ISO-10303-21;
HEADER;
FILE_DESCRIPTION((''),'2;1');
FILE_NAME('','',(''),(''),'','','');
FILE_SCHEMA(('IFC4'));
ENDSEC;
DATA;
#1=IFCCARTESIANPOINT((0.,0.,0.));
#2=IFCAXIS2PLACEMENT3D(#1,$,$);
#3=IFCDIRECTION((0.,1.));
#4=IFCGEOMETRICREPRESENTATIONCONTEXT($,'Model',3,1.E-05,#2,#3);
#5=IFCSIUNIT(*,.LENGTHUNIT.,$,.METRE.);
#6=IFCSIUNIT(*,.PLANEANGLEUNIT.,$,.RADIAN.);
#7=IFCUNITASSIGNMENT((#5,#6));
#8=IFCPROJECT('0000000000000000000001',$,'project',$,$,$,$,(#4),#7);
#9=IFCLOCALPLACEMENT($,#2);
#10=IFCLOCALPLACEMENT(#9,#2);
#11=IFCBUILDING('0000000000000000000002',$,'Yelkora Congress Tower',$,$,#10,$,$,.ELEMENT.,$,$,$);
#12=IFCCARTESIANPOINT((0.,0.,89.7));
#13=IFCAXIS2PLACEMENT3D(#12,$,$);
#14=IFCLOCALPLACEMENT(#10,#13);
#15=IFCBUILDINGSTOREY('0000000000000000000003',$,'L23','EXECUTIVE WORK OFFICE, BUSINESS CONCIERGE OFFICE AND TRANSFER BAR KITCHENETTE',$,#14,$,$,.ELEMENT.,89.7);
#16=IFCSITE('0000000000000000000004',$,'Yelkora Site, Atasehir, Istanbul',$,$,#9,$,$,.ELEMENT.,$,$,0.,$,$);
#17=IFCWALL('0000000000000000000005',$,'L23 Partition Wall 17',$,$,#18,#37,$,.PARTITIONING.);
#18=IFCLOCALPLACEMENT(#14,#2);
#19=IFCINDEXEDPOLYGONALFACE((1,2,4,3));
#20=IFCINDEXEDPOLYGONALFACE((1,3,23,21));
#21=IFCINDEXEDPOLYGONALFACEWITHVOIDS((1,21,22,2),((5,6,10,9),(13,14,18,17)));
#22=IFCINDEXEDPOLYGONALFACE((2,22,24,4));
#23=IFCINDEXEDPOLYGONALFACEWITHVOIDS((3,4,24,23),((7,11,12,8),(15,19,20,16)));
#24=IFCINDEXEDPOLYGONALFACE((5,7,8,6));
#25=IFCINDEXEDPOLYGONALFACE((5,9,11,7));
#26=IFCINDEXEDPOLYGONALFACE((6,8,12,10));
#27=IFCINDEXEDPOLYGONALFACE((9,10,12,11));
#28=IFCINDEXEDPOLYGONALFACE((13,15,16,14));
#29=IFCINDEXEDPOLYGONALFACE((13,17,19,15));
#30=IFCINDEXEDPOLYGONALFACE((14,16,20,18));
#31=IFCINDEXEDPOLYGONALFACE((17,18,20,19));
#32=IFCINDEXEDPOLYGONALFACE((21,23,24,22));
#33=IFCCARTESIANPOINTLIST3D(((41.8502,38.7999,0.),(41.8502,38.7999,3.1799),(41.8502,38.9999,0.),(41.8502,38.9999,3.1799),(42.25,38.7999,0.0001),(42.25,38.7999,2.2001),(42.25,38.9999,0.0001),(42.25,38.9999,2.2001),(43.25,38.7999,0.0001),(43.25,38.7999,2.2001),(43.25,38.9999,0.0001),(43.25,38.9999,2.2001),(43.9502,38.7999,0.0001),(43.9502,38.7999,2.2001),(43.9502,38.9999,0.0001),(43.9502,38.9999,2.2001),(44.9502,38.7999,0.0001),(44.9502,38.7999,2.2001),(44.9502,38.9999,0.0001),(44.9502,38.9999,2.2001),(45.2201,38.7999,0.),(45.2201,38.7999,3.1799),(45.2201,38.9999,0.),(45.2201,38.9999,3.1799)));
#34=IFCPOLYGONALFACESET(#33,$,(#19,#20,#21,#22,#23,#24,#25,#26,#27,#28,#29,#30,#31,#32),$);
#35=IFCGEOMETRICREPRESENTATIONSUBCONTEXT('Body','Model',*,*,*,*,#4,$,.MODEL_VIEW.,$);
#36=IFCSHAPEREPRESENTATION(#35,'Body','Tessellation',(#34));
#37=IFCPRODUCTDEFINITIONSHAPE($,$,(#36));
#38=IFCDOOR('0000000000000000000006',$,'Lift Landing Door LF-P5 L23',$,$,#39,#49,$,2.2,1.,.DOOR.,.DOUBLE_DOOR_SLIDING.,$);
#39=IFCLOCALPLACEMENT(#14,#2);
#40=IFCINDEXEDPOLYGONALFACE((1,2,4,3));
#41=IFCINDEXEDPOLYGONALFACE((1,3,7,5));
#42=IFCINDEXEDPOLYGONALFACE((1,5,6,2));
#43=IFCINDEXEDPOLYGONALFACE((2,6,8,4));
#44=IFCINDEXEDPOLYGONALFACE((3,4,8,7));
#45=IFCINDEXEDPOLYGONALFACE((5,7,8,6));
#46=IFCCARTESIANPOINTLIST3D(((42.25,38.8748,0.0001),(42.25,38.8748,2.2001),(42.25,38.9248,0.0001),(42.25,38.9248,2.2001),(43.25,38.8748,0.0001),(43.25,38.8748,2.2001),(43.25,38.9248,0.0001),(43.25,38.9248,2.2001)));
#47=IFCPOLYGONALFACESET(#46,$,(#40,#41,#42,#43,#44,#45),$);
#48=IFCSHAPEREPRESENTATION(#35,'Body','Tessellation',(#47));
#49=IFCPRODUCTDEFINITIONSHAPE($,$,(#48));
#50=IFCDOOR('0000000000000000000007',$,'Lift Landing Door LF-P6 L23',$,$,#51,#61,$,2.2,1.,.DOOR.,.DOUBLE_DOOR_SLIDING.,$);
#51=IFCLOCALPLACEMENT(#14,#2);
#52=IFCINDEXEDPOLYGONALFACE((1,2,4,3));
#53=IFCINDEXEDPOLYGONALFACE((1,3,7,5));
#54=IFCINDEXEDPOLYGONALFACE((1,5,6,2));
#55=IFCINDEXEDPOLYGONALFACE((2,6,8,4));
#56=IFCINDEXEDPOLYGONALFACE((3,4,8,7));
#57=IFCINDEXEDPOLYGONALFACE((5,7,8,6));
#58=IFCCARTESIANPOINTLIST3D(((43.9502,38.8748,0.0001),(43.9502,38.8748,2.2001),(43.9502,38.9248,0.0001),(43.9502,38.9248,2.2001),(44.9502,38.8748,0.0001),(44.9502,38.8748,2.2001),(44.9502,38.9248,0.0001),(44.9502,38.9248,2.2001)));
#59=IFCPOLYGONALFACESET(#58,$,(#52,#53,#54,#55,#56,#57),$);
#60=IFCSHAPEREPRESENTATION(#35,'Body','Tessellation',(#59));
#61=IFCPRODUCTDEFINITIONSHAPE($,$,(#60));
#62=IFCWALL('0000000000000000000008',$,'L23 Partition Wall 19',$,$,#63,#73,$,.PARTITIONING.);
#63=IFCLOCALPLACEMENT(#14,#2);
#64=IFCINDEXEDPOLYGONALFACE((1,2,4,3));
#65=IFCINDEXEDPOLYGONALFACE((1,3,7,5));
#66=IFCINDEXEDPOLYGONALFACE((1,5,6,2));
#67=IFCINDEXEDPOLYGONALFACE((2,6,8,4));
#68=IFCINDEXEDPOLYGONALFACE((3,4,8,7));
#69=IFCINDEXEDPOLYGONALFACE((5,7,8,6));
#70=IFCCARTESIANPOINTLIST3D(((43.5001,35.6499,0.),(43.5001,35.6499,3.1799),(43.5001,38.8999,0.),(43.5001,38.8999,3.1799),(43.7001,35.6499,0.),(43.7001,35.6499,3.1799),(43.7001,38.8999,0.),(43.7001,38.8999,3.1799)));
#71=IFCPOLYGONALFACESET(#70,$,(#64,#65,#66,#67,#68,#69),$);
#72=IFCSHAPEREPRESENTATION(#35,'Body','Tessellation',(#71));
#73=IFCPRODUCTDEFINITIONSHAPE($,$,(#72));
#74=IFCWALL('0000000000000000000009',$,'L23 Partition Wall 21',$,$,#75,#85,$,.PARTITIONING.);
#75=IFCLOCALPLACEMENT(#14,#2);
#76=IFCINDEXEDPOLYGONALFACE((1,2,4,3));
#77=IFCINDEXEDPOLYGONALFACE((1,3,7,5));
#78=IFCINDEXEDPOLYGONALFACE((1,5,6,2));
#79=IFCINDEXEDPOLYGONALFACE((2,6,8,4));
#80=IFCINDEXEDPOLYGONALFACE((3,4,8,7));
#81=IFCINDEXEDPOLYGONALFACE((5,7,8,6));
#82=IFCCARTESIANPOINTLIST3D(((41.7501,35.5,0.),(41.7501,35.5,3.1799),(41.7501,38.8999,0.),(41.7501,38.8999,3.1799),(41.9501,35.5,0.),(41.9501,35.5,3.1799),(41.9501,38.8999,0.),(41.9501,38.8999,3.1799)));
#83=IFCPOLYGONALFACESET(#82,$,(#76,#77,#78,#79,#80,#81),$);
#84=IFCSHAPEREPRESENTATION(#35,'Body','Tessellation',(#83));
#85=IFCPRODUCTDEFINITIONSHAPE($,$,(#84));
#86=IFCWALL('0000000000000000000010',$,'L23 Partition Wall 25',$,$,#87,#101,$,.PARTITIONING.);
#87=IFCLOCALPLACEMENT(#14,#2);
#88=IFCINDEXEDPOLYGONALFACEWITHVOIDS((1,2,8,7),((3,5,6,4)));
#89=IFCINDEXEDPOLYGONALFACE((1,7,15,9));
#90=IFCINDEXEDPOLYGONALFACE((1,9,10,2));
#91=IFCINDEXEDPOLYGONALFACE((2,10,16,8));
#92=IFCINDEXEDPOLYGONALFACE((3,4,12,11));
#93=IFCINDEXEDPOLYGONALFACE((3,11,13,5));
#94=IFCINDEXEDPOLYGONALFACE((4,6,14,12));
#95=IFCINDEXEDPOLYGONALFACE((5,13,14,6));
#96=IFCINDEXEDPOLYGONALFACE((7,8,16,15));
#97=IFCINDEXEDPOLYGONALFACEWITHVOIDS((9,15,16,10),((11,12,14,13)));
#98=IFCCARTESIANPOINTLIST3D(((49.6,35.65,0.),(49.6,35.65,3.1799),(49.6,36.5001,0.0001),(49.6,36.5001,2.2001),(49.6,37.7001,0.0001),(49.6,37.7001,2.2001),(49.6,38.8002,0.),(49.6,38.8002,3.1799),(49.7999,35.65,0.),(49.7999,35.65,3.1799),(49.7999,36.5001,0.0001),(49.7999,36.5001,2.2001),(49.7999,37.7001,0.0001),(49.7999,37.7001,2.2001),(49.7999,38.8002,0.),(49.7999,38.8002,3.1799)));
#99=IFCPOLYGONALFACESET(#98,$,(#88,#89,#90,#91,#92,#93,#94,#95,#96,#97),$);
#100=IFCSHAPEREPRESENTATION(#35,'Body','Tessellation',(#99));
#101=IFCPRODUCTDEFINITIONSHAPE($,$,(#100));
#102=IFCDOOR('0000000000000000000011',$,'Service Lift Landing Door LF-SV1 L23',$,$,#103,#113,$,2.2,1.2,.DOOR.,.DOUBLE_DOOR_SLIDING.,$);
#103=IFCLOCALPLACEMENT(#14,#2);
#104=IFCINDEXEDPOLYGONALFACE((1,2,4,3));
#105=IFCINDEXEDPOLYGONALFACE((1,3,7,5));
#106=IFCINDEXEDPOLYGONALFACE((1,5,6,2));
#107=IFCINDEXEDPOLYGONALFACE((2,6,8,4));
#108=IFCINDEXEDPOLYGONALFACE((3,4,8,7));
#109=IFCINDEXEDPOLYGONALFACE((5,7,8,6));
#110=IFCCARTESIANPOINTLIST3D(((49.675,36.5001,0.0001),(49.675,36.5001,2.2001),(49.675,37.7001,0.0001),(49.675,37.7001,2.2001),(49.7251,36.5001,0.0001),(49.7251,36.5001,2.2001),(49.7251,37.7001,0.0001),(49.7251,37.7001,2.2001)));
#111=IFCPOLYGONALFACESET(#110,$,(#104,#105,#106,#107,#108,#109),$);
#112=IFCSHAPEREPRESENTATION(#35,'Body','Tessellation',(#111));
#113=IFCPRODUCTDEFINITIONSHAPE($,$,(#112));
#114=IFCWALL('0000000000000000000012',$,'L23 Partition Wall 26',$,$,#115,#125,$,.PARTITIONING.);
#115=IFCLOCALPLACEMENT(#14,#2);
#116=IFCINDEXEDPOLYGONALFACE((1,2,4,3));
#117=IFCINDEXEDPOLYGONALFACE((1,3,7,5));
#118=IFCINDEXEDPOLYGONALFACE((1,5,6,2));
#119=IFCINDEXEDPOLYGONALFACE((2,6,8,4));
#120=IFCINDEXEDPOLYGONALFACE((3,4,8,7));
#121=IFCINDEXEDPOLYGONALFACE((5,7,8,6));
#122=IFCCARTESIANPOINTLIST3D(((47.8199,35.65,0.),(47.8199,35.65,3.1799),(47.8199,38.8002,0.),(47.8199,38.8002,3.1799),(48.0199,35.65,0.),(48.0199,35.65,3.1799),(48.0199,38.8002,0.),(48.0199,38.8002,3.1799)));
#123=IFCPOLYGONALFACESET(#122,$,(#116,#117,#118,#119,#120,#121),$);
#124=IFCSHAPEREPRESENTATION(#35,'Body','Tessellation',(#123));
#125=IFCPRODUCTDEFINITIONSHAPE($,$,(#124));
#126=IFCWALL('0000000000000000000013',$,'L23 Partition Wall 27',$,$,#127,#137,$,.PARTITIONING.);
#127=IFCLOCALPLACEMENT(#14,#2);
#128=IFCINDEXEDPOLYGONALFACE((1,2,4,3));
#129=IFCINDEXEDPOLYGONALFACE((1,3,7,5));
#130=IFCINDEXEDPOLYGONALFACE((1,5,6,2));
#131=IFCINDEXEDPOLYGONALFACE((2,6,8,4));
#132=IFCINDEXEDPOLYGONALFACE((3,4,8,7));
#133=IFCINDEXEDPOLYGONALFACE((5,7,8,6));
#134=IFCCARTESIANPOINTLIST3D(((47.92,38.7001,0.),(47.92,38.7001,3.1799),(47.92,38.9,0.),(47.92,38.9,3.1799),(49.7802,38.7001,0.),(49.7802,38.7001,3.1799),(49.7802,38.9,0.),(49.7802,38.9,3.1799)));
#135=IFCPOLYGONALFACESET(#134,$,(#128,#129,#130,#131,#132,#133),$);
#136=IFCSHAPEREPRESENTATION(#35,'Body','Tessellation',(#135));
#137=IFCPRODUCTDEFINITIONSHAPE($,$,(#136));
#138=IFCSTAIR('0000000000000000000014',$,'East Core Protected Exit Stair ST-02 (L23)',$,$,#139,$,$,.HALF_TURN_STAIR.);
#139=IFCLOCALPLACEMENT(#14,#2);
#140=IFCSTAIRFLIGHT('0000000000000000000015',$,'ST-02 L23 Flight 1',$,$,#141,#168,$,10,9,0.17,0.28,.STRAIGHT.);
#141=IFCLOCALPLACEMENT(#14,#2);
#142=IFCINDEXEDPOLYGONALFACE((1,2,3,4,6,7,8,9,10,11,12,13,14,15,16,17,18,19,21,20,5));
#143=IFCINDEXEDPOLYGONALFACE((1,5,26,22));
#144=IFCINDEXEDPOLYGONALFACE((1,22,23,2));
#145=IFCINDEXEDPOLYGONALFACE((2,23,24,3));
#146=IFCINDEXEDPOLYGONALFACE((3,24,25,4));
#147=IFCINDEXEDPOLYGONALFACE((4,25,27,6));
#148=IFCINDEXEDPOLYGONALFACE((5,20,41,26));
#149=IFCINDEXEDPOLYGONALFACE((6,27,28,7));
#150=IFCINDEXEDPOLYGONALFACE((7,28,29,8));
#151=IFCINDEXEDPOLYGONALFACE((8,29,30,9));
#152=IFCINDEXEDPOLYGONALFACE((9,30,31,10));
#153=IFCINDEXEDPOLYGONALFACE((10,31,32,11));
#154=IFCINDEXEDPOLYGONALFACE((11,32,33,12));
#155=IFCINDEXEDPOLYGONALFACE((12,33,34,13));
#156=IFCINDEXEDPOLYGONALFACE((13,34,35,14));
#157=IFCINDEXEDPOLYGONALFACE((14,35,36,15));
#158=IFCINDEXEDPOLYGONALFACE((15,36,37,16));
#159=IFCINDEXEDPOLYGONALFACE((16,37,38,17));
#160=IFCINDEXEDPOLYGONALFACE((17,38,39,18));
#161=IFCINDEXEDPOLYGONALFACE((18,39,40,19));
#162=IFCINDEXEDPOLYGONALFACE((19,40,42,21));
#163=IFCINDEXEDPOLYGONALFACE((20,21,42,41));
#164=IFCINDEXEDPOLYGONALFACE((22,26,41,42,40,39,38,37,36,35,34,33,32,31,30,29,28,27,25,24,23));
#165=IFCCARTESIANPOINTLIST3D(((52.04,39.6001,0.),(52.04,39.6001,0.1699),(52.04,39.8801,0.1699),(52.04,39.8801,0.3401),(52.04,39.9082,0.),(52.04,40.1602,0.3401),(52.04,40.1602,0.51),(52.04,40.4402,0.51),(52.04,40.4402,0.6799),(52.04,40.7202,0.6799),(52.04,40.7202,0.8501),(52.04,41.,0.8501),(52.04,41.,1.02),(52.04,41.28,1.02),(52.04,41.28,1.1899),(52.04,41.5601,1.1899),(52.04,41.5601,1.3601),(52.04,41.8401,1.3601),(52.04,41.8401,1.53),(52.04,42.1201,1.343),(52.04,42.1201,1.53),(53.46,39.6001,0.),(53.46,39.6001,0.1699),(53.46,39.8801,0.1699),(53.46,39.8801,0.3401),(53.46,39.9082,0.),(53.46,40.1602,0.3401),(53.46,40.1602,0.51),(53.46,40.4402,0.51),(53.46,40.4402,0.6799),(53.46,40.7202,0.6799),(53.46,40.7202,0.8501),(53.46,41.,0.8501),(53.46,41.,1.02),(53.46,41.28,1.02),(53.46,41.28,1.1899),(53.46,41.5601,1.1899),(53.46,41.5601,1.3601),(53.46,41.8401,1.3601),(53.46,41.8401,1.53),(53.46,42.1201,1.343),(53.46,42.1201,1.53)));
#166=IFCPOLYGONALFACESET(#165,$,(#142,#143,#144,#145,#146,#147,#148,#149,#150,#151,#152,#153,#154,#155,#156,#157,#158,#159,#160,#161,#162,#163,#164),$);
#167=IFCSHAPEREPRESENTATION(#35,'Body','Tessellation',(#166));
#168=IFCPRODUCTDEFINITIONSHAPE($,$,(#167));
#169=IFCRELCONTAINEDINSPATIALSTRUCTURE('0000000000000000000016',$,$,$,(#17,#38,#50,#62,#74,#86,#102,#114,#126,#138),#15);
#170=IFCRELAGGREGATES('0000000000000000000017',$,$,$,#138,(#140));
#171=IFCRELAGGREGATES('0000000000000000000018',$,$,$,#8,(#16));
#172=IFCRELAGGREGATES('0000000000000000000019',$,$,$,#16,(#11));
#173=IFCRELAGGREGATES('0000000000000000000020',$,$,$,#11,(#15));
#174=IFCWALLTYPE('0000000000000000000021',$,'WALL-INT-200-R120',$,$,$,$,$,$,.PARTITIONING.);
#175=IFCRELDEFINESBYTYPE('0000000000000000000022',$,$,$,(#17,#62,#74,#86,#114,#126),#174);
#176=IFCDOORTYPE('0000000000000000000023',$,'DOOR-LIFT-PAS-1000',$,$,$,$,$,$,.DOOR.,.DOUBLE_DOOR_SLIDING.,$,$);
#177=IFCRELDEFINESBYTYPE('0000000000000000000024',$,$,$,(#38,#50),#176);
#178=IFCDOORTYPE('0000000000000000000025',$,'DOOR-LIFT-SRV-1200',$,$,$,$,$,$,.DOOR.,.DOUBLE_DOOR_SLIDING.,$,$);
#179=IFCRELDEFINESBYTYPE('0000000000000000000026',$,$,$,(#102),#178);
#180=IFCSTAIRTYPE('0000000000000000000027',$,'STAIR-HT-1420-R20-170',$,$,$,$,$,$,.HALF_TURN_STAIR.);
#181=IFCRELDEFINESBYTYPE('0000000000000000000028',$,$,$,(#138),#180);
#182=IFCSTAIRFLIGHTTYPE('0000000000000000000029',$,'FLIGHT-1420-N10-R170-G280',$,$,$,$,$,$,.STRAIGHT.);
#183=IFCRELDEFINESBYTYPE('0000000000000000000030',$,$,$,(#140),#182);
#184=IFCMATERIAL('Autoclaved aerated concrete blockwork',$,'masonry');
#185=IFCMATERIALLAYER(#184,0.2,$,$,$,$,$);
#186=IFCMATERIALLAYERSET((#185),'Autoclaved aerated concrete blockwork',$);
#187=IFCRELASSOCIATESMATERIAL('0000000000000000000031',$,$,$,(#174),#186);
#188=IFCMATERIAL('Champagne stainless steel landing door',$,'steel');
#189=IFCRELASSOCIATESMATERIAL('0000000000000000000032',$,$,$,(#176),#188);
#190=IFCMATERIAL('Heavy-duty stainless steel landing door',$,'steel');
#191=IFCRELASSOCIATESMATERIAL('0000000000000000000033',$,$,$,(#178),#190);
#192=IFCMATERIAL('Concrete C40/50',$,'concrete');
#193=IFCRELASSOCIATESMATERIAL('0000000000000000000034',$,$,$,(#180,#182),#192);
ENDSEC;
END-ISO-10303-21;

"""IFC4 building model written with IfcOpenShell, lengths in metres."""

from ifc_helpers import new_model, si_unit, direction, frame, frame_2d, origin, place, context, subcontext, project, spatial, polyline, rectangle, outline, extrude, material, layer, layer_set, type_object, element, fill, aggregate, save


model = new_model("IFC4")

# Units and contexts
model_context = context("Model", 3, precision=1e-05, world=origin(), true_north=direction((0.0, 1.0)))
body_context = subcontext(model_context, "Body", "Model", "MODEL_VIEW")
ifc_project = project(units=[si_unit("LENGTHUNIT", "METRE"), si_unit("PLANEANGLEUNIT", "RADIAN")], contexts=[model_context])

# Site, building, storey
site_placement = place(None, origin())
site = spatial("IfcSite", under=ifc_project, at=site_placement, Name="Yelkora Site, Atasehir, Istanbul", CompositionType="ELEMENT", RefElevation=0.0)
building_placement = place(site_placement, origin())
building = spatial("IfcBuilding", under=site, at=building_placement, Name="Yelkora Congress Tower", CompositionType="ELEMENT")
storey_placement = place(building_placement, frame((0.0, 0.0, 89.7)))
storey = spatial("IfcBuildingStorey", under=building, at=storey_placement, Name="L23", Description="EXECUTIVE WORK OFFICE, BUSINESS CONCIERGE OFFICE AND TRANSFER BAR KITCHENETTE", CompositionType="ELEMENT", Elevation=89.7)

# Wall, openings, doors
ifc_material_1 = material(Name="Autoclaved aerated concrete blockwork", Category="masonry")
ifc_layer_1 = layer(ifc_material_1, 0.2)
ifc_layer_set_1 = layer_set([ifc_layer_1], Name="Autoclaved aerated concrete blockwork")
wall_type_1 = type_object("IfcWallType", Name="WALL-INT-200-R120", PredefinedType="PARTITIONING", material=ifc_layer_set_1)
wall_1_placement = place(storey_placement, frame((41.8501, 38.8999, 0.0), z_axis=(0.0, 0.0, 1.0), x_axis=(1.0, 0.0, 0.0)))
wall_1 = element("IfcWall", 1, at=wall_1_placement, inside=storey, type_object=wall_type_1, Name="L23 Partition Wall 17", PredefinedType="PARTITIONING", context=body_context, shape_type="SweptSolid", body=[
    extrude(rectangle(XDim=3.3699, YDim=0.2, at=frame_2d((1.6851, 0.0))), origin(), (0.0, 0.0, 1.0), 3.1799),
])
opening_1_placement = place(wall_1_placement, frame((0.3999, 0.0, 0.0)))
opening_1 = element("IfcOpeningElement", 2, at=opening_1_placement, cuts=wall_1, PredefinedType="OPENING", context=body_context, shape_type="SweptSolid", body=[
    extrude(rectangle(XDim=1.0, YDim=2.2, at=frame_2d((0.5, 1.1001))), frame((0.0, 0.1099, 0.0), z_axis=(0.0, -1.0, 0.0), x_axis=(1.0, 0.0, 0.0)), (0.0, 0.0, 1.0), 0.22),
])
opening_2_placement = place(wall_1_placement, frame((2.1001, 0.0, 0.0)))
opening_2 = element("IfcOpeningElement", 3, at=opening_2_placement, cuts=wall_1, PredefinedType="OPENING", context=body_context, shape_type="SweptSolid", body=[
    extrude(rectangle(XDim=1.0, YDim=2.2, at=frame_2d((0.5, 1.1001))), frame((0.0, 0.1099, 0.0), z_axis=(0.0, -1.0, 0.0), x_axis=(1.0, 0.0, 0.0)), (0.0, 0.0, 1.0), 0.22),
])
ifc_material_2 = material(Name="Champagne stainless steel landing door", Category="steel")
door_type_1 = type_object("IfcDoorType", Name="DOOR-LIFT-PAS-1000", OperationType="DOUBLE_DOOR_SLIDING", PredefinedType="DOOR", material=ifc_material_2)
door_1_placement = place(opening_1_placement, origin())
door_1 = element("IfcDoor", 4, at=door_1_placement, inside=storey, type_object=door_type_1, Name="Lift Landing Door LF-P5 L23", OperationType="DOUBLE_DOOR_SLIDING", OverallHeight=2.2, OverallWidth=1.0, PredefinedType="DOOR", context=body_context, shape_type="SweptSolid", body=[
    extrude(rectangle(XDim=1.0, YDim=2.2, at=frame_2d((0.5, 1.1001))), frame((0.0, 0.0249, 0.0), z_axis=(0.0, -1.0, 0.0), x_axis=(1.0, 0.0, 0.0)), (0.0, 0.0, 1.0), 0.05),
])
fill(opening_1, door_1)
door_2_placement = place(opening_2_placement, origin())
door_2 = element("IfcDoor", 5, at=door_2_placement, inside=storey, type_object=door_type_1, Name="Lift Landing Door LF-P6 L23", OperationType="DOUBLE_DOOR_SLIDING", OverallHeight=2.2, OverallWidth=1.0, PredefinedType="DOOR", context=body_context, shape_type="SweptSolid", body=[
    extrude(rectangle(XDim=1.0, YDim=2.2, at=frame_2d((0.5, 1.1001))), frame((0.0, 0.0249, 0.0), z_axis=(0.0, -1.0, 0.0), x_axis=(1.0, 0.0, 0.0)), (0.0, 0.0, 1.0), 0.05),
])
fill(opening_2, door_2)

# Walls
wall_2_placement = place(storey_placement, frame((43.6001, 35.6499, 0.0), z_axis=(0.0, 0.0, 1.0), x_axis=(0.0, 1.0, 0.0)))
element("IfcWall", 6, at=wall_2_placement, inside=storey, type_object=wall_type_1, Name="L23 Partition Wall 19", PredefinedType="PARTITIONING", context=body_context, shape_type="SweptSolid", body=[
    extrude(rectangle(XDim=3.25, YDim=0.2, at=frame_2d((1.625, 0.0))), origin(), (0.0, 0.0, 1.0), 3.1799),
])
wall_3_placement = place(storey_placement, frame((41.8501, 35.5, 0.0), z_axis=(0.0, 0.0, 1.0), x_axis=(0.0, 1.0, 0.0)))
element("IfcWall", 7, at=wall_3_placement, inside=storey, type_object=wall_type_1, Name="L23 Partition Wall 21", PredefinedType="PARTITIONING", context=body_context, shape_type="SweptSolid", body=[
    extrude(rectangle(XDim=3.3999, YDim=0.2, at=frame_2d((1.7, 0.0))), origin(), (0.0, 0.0, 1.0), 3.1799),
])

# Wall, opening, door
wall_4_placement = place(storey_placement, frame((49.7, 35.6499, 0.0), z_axis=(0.0, 0.0, 1.0), x_axis=(0.0, 1.0, 0.0)))
wall_4 = element("IfcWall", 8, at=wall_4_placement, inside=storey, type_object=wall_type_1, Name="L23 Partition Wall 25", PredefinedType="PARTITIONING", context=body_context, shape_type="SweptSolid", body=[
    extrude(rectangle(XDim=3.1501, YDim=0.2, at=frame_2d((1.5752, 0.0))), origin(), (0.0, 0.0, 1.0), 3.1799),
])
opening_3_placement = place(wall_4_placement, frame((0.8501, 0.0, 0.0)))
opening_3 = element("IfcOpeningElement", 9, at=opening_3_placement, cuts=wall_4, PredefinedType="OPENING", context=body_context, shape_type="SweptSolid", body=[
    extrude(rectangle(XDim=1.2, YDim=2.2, at=frame_2d((0.6001, 1.1001))), frame((0.0, 0.1099, 0.0), z_axis=(0.0, -1.0, 0.0), x_axis=(1.0, 0.0, 0.0)), (0.0, 0.0, 1.0), 0.22),
])
ifc_material_3 = material(Name="Heavy-duty stainless steel landing door", Category="steel")
door_type_2 = type_object("IfcDoorType", Name="DOOR-LIFT-SRV-1200", OperationType="DOUBLE_DOOR_SLIDING", PredefinedType="DOOR", material=ifc_material_3)
door_3_placement = place(opening_3_placement, origin())
door_3 = element("IfcDoor", 10, at=door_3_placement, inside=storey, type_object=door_type_2, Name="Service Lift Landing Door LF-SV1 L23", OperationType="DOUBLE_DOOR_SLIDING", OverallHeight=2.2, OverallWidth=1.2, PredefinedType="DOOR", context=body_context, shape_type="SweptSolid", body=[
    extrude(rectangle(XDim=1.2, YDim=2.2, at=frame_2d((0.6001, 1.1001))), frame((0.0, 0.0249, 0.0), z_axis=(0.0, -1.0, 0.0), x_axis=(1.0, 0.0, 0.0)), (0.0, 0.0, 1.0), 0.05),
])
fill(opening_3, door_3)

# Walls
wall_5_placement = place(storey_placement, frame((47.9199, 35.6499, 0.0), z_axis=(0.0, 0.0, 1.0), x_axis=(0.0, 1.0, 0.0)))
element("IfcWall", 11, at=wall_5_placement, inside=storey, type_object=wall_type_1, Name="L23 Partition Wall 26", PredefinedType="PARTITIONING", context=body_context, shape_type="SweptSolid", body=[
    extrude(rectangle(XDim=3.1501, YDim=0.2, at=frame_2d((1.5752, 0.0))), origin(), (0.0, 0.0, 1.0), 3.1799),
])
wall_6_placement = place(storey_placement, frame((47.9199, 38.8, 0.0), z_axis=(0.0, 0.0, 1.0), x_axis=(1.0, 0.0, 0.0)))
element("IfcWall", 12, at=wall_6_placement, inside=storey, type_object=wall_type_1, Name="L23 Partition Wall 27", PredefinedType="PARTITIONING", context=body_context, shape_type="SweptSolid", body=[
    extrude(rectangle(XDim=1.8601, YDim=0.2, at=frame_2d((0.9302, 0.0))), origin(), (0.0, 0.0, 1.0), 3.1799),
])

# Stair, stair flight
ifc_material_4 = material(Name="Concrete C40/50", Category="concrete")
stair_type = type_object("IfcStairType", Name="STAIR-HT-1420-R20-170", PredefinedType="HALF_TURN_STAIR", material=ifc_material_4)
stair_placement = place(storey_placement, origin())
stair = element("IfcStair", 13, at=stair_placement, inside=storey, type_object=stair_type, Name="East Core Protected Exit Stair ST-02 (L23)", PredefinedType="HALF_TURN_STAIR")
stair_flight_type = type_object("IfcStairFlightType", Name="FLIGHT-1420-N10-R170-G280", PredefinedType="STRAIGHT", material=ifc_material_4)
stair_flight_1_placement = place(storey_placement, frame((52.75, 39.6001, 0.0), z_axis=(0.0, 0.0, 1.0), x_axis=(0.0, 1.0, 0.0)))
stair_flight_1 = element("IfcStairFlight", 14, at=stair_flight_1_placement, type_object=stair_flight_type, Name="ST-02 L23 Flight 1", NumberOfRisers=10, NumberOfTreads=9, PredefinedType="STRAIGHT", RiserHeight=0.17, TreadLength=0.28, context=body_context, shape_type="SweptSolid", body=[
    extrude(outline(polyline([(0.0, 0.0), (0.0, 0.1699), (0.28, 0.1699), (0.28, 0.3401), (0.5601, 0.3401), (0.5601, 0.51), (0.8401, 0.51), (0.8401, 0.6799), (1.1201, 0.6799), (1.1201, 0.8501), (1.3999, 0.8501), (1.3999, 1.02), (1.6799, 1.02), (1.6799, 1.1899), (1.96, 1.1899), (1.96, 1.3601), (2.24, 1.3601), (2.24, 1.53), (2.52, 1.53), (2.52, 1.7), (2.52, 1.343), (0.3081, 0.0), (0.0, 0.0)])), frame((0.0, 0.71, 0.0), z_axis=(0.0, -1.0, 0.0), x_axis=(1.0, 0.0, 0.0)), (0.0, 0.0, 1.0), 1.4199),
])
aggregate(stair, [stair_flight_1])

save(model, "model.ifc")
